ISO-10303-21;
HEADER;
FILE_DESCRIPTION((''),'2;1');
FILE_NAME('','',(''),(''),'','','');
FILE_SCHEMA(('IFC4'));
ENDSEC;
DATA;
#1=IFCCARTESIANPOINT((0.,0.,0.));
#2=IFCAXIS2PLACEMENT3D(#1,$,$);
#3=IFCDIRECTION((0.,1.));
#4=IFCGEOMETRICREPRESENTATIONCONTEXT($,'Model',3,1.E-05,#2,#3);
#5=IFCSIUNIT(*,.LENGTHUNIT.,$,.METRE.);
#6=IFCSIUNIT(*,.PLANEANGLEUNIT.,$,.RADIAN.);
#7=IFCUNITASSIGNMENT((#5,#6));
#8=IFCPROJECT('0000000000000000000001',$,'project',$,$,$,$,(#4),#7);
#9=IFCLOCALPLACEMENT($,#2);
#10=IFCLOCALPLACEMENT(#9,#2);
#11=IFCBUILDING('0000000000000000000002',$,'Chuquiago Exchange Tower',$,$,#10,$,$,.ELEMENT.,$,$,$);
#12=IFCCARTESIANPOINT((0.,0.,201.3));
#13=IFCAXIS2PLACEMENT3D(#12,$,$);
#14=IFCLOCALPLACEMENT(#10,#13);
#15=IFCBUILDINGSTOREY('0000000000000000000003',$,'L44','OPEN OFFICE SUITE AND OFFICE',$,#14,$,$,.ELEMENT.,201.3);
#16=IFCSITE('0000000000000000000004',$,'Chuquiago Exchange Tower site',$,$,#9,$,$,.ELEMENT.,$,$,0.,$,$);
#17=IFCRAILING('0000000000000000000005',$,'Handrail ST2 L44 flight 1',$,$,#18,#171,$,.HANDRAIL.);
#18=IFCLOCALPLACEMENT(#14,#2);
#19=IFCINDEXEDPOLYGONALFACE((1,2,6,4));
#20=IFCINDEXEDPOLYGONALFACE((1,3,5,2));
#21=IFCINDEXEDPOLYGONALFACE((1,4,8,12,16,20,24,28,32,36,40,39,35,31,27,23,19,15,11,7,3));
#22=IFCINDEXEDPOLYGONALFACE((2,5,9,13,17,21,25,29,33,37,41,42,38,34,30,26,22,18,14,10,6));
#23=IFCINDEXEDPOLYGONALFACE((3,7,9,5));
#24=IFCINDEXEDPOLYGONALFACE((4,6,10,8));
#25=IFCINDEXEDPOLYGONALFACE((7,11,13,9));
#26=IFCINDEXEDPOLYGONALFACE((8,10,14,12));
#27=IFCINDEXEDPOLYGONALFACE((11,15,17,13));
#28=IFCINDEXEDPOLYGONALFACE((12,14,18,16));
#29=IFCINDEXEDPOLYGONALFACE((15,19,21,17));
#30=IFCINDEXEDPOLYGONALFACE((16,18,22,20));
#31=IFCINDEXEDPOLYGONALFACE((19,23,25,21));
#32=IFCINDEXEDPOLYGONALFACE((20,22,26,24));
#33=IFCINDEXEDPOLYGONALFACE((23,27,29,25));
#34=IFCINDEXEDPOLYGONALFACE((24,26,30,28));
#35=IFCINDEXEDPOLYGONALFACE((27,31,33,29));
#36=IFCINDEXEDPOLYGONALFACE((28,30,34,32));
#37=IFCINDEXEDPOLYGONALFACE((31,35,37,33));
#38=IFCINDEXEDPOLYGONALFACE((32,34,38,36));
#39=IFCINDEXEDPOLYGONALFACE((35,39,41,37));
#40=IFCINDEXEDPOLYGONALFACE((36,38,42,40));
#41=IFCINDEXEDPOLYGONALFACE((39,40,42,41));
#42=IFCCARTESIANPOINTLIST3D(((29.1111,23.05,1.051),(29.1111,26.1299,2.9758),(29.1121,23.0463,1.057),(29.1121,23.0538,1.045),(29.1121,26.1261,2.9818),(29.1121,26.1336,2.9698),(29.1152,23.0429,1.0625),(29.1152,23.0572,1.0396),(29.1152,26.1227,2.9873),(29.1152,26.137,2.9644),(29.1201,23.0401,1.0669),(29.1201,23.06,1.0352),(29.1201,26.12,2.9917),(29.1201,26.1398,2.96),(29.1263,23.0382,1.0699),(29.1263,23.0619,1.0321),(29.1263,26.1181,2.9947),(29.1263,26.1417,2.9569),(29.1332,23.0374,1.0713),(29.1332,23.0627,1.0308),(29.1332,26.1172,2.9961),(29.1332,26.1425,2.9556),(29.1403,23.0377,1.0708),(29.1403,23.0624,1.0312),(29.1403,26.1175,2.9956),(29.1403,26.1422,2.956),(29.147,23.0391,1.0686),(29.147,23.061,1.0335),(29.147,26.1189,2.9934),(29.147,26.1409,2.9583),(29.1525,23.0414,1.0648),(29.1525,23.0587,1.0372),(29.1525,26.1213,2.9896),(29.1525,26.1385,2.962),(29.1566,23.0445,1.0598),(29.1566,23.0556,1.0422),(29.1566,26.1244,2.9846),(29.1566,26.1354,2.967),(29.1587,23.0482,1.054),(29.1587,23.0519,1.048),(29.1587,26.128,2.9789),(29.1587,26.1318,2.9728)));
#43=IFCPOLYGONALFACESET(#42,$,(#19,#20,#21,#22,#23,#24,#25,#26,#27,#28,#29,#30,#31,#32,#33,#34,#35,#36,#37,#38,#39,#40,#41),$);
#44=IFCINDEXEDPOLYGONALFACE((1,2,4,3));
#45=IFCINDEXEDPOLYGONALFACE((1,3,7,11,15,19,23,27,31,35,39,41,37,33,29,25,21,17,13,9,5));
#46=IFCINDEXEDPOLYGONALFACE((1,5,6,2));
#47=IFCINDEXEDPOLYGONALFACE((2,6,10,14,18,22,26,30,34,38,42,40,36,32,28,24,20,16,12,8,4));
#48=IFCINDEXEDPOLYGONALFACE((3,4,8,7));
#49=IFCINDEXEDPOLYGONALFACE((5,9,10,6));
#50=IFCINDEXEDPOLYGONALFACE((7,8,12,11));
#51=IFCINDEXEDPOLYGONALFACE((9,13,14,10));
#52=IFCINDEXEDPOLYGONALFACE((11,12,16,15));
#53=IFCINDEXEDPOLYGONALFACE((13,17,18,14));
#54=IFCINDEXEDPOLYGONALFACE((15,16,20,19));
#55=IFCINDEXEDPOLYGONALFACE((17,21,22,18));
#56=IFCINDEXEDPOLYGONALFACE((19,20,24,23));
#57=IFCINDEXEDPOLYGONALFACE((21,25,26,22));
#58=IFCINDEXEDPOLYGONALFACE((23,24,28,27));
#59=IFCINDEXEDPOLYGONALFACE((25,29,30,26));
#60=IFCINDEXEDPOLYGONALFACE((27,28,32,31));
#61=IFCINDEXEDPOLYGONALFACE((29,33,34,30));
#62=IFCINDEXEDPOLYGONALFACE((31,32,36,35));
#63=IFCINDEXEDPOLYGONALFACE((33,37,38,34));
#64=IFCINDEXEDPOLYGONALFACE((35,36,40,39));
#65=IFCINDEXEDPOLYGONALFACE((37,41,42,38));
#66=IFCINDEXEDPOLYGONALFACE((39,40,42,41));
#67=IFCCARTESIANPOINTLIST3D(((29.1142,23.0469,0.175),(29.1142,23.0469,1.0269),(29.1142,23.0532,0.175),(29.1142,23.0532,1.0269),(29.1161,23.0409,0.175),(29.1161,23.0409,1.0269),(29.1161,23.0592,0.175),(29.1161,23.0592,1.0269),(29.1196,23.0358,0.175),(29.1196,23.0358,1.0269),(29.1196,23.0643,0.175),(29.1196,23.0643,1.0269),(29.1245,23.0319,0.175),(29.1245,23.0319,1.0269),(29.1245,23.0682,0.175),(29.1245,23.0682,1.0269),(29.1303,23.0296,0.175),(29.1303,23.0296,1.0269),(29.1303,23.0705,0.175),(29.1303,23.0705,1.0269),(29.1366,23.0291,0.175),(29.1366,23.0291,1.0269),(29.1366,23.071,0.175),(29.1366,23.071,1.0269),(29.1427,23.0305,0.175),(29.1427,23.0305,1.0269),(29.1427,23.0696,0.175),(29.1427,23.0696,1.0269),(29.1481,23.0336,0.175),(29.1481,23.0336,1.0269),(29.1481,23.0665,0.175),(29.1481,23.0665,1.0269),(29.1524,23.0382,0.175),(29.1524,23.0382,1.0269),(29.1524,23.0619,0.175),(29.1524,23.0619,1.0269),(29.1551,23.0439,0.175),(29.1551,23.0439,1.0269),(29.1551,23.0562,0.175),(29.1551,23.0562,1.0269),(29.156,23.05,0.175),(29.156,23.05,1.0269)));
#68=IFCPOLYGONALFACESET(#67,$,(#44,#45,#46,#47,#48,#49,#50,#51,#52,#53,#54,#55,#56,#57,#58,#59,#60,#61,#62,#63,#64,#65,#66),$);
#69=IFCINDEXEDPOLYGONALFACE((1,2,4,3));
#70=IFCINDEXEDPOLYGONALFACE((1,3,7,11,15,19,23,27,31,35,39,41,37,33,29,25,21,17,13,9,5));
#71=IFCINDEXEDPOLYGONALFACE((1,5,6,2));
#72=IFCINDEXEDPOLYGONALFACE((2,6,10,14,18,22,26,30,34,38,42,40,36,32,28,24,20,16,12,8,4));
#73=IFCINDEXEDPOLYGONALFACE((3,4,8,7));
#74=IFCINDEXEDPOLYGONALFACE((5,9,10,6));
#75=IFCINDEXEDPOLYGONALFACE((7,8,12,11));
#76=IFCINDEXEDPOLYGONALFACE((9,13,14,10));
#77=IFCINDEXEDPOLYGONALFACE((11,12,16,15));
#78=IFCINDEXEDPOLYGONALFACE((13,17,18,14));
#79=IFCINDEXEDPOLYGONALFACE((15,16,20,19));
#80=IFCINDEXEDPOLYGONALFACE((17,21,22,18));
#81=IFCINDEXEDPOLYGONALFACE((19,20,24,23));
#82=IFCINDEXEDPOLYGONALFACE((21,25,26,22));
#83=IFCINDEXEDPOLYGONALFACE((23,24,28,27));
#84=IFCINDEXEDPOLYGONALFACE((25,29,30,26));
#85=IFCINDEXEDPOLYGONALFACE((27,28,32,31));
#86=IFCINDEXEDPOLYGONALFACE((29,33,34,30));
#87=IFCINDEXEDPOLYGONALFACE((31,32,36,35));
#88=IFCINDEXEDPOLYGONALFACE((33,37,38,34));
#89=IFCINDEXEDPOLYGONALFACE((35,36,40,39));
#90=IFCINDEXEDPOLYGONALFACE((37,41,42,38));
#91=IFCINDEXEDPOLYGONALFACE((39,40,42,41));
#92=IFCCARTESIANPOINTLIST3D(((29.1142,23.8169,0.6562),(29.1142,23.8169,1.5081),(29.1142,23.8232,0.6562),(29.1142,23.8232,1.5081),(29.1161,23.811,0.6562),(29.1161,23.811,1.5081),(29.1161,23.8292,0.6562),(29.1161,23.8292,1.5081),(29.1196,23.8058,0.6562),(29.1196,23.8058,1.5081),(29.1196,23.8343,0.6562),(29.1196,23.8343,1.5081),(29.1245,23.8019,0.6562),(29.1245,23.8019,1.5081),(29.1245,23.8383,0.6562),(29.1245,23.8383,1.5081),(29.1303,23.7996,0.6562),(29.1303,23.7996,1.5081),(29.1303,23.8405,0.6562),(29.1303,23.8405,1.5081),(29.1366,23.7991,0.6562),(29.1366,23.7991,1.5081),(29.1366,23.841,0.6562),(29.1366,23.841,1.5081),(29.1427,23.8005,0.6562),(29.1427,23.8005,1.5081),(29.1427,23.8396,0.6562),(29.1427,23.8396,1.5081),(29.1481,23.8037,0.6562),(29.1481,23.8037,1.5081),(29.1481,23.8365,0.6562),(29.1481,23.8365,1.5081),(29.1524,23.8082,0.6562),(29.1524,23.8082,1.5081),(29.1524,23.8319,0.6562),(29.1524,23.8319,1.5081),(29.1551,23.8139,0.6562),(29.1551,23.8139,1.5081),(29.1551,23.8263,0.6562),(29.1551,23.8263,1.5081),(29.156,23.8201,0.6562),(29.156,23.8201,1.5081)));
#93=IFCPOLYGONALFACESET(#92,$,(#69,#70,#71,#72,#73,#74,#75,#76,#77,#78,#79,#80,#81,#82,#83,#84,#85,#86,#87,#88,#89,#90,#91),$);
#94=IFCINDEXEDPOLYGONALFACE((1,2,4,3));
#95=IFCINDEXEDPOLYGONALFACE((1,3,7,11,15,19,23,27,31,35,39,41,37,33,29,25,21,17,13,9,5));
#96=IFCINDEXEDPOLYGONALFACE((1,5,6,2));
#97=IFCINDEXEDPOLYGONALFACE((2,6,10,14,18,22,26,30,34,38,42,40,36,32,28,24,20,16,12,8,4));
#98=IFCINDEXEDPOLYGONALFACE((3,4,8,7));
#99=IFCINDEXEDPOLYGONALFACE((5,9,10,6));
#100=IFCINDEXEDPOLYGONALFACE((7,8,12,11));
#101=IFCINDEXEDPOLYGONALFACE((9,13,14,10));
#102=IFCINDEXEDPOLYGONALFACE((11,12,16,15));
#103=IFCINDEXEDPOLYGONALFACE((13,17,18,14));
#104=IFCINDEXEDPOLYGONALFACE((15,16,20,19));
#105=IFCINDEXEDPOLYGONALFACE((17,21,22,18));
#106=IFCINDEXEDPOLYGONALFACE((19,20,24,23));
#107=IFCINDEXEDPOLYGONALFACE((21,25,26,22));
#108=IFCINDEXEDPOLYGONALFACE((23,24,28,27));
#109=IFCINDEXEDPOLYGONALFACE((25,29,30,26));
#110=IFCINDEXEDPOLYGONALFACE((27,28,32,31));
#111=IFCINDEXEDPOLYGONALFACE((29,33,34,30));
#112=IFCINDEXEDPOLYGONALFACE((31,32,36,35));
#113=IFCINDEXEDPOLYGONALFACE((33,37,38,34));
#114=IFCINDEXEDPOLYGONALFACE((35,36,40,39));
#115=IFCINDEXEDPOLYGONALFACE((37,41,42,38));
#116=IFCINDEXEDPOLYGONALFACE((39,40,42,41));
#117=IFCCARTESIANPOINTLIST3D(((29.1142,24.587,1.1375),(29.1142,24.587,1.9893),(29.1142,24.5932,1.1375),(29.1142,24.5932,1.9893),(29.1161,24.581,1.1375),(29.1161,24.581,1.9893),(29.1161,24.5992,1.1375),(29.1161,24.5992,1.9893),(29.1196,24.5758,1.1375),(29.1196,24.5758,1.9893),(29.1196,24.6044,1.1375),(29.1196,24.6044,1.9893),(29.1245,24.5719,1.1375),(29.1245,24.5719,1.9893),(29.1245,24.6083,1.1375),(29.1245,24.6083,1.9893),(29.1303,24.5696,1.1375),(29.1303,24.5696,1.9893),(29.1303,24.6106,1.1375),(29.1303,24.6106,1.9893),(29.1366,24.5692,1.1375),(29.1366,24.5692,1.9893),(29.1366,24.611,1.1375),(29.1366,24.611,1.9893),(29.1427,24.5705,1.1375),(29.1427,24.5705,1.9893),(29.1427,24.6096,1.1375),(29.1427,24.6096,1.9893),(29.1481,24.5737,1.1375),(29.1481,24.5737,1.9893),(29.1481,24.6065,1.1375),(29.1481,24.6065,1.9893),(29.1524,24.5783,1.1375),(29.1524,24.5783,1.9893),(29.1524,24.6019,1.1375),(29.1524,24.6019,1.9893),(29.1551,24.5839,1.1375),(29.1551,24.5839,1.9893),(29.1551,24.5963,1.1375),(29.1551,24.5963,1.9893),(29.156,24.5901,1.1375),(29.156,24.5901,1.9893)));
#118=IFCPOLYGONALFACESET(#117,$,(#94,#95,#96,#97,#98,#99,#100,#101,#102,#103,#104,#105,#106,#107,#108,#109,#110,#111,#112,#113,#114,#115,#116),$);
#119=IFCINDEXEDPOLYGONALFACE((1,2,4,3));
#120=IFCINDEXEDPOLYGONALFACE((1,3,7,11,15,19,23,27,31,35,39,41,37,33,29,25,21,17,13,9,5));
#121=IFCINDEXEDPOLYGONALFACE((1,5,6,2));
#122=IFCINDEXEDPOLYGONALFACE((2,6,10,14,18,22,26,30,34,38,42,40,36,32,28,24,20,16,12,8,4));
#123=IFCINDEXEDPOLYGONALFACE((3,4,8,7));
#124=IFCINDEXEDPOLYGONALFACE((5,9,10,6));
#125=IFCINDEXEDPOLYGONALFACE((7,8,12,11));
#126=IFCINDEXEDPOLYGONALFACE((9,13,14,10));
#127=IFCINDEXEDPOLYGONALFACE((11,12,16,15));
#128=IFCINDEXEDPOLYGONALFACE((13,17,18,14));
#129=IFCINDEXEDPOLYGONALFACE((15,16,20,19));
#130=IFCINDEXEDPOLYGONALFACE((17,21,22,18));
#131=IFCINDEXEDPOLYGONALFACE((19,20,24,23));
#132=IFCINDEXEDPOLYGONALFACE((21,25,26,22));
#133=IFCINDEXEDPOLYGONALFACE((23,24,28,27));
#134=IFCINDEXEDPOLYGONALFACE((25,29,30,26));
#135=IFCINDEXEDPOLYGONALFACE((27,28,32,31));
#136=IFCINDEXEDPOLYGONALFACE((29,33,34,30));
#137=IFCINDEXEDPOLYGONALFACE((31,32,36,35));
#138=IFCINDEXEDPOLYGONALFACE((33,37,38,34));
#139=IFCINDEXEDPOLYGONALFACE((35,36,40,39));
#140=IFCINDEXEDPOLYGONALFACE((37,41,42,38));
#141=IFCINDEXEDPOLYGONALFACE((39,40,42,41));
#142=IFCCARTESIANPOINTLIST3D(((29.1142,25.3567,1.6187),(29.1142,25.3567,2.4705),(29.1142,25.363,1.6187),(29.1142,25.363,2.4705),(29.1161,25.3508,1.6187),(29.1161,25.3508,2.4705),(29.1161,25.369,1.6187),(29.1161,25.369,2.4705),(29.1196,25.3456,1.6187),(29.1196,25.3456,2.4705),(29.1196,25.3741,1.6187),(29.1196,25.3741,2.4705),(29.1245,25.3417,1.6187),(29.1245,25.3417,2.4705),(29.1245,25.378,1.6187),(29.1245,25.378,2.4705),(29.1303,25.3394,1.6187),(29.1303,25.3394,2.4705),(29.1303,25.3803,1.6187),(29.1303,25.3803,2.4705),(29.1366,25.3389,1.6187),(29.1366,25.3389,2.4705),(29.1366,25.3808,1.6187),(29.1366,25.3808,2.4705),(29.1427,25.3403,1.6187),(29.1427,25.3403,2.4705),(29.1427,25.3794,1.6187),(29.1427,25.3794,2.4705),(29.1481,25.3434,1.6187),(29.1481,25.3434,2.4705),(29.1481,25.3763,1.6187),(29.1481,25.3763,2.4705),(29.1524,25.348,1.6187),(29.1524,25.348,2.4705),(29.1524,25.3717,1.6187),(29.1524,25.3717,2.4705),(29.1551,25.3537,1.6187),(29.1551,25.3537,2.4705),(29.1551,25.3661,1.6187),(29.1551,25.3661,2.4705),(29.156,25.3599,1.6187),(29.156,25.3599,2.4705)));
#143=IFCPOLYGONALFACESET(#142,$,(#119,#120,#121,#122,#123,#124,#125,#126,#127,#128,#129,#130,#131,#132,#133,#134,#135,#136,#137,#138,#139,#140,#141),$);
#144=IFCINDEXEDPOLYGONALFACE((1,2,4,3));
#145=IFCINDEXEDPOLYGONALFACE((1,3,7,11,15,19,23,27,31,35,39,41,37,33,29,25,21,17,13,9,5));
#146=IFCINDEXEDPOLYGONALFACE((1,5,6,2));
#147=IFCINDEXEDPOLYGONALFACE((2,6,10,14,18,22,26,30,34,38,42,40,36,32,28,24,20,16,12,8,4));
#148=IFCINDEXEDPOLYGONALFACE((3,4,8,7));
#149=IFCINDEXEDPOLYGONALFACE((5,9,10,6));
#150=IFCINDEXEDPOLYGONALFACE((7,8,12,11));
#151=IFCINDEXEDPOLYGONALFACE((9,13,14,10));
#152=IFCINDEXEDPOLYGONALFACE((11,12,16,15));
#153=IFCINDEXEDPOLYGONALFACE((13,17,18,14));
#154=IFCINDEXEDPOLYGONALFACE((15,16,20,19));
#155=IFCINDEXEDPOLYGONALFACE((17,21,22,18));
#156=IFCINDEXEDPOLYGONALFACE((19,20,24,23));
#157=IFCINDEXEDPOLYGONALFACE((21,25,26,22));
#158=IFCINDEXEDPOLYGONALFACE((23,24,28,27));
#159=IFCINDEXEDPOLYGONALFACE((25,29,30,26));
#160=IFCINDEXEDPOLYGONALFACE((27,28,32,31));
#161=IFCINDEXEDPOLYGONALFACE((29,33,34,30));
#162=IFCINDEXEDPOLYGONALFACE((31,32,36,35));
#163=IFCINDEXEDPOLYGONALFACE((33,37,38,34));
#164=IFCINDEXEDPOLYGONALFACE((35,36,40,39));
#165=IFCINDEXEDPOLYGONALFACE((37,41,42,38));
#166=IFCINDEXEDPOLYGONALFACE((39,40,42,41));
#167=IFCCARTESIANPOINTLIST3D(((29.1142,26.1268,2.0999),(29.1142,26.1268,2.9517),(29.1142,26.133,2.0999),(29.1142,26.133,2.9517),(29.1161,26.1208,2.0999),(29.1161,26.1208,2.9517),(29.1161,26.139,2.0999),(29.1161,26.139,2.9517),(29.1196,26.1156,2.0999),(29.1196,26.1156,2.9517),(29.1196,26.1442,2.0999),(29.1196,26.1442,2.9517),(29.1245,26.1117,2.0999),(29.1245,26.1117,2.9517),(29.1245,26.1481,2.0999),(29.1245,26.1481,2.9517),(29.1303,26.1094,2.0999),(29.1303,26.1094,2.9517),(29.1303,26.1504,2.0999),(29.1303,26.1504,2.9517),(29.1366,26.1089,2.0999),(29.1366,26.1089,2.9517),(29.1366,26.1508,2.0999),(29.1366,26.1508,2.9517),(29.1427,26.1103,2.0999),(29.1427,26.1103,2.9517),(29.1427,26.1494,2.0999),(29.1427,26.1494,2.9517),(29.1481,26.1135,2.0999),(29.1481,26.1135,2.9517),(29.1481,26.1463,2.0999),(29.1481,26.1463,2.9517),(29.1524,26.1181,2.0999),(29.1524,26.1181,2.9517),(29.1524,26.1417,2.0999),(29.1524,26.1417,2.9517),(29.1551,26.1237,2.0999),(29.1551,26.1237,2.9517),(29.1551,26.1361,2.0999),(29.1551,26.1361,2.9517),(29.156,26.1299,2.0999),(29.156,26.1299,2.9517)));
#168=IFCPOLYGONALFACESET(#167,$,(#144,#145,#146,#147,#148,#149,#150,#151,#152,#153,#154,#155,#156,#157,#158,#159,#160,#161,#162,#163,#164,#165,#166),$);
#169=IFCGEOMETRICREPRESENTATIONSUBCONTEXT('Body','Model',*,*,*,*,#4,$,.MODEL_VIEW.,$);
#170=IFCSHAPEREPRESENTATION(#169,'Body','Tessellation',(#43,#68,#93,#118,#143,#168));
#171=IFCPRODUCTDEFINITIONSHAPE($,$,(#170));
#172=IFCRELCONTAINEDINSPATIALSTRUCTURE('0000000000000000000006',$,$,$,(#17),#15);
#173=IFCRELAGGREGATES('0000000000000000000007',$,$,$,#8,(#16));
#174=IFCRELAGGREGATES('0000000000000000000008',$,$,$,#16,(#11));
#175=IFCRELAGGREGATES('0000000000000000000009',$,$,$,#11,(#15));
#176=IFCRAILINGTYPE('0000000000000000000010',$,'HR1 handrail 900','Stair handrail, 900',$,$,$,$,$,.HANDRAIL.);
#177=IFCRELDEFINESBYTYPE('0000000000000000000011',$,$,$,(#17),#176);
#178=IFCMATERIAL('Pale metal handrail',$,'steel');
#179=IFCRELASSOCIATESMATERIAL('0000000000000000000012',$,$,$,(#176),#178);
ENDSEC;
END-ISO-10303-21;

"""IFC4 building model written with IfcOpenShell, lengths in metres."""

from ifc_helpers import new_model, si_unit, direction, frame, origin, origin_2d, place, context, subcontext, project, spatial, circle, extrude, material, type_object, element, save


model = new_model("IFC4")

# Units and contexts
model_context = context("Model", 3, precision=1e-05, world=origin(), true_north=direction((0.0, 1.0)))
body_context = subcontext(model_context, "Body", "Model", "MODEL_VIEW")
ifc_project = project(units=[si_unit("LENGTHUNIT", "METRE"), si_unit("PLANEANGLEUNIT", "RADIAN")], contexts=[model_context])

# Site, building, storey
site_placement = place(None, origin())
site = spatial("IfcSite", under=ifc_project, at=site_placement, Name="Chuquiago Exchange Tower site", CompositionType="ELEMENT", RefElevation=0.0)
building_placement = place(site_placement, origin())
building = spatial("IfcBuilding", under=site, at=building_placement, Name="Chuquiago Exchange Tower", CompositionType="ELEMENT")
storey_placement = place(building_placement, frame((0.0, 0.0, 201.3)))
storey = spatial("IfcBuildingStorey", under=building, at=storey_placement, Name="L44", Description="OPEN OFFICE SUITE AND OFFICE", CompositionType="ELEMENT", Elevation=201.3)

# Railing
ifc_material_1 = material(Name="Pale metal handrail", Category="steel")
railing_type_1 = type_object("IfcRailingType", Name="HR1 handrail 900", Description="Stair handrail, 900", PredefinedType="HANDRAIL", material=ifc_material_1)
railing_1_placement = place(storey_placement, frame((29.135, 23.05, 0.175)))
element("IfcRailing", 1, at=railing_1_placement, inside=storey, type_object=railing_type_1, Name="Handrail ST2 L44 flight 1", PredefinedType="HANDRAIL", context=body_context, shape_type="SweptSolid", body=[
    extrude(circle(Radius=0.0239, at=origin_2d()), frame((0.0, 0.0, 0.876), z_axis=(0.0, 0.84801, 0.529981), x_axis=(-1.0, 0.0, 0.0)), (0.0, 0.0, 1.0), 3.6318),
    extrude(circle(Radius=0.021, at=origin_2d()), origin(), (0.0, 0.0, 1.0), 0.8518),
    extrude(circle(Radius=0.021, at=origin_2d()), frame((0.0, 0.77, 0.4812)), (0.0, 0.0, 1.0), 0.8518),
    extrude(circle(Radius=0.021, at=origin_2d()), frame((0.0, 1.54, 0.9624)), (0.0, 0.0, 1.0), 0.8518),
    extrude(circle(Radius=0.021, at=origin_2d()), frame((0.0, 2.3098, 1.4436)), (0.0, 0.0, 1.0), 0.8518),
    extrude(circle(Radius=0.021, at=origin_2d()), frame((0.0, 3.0798, 1.9248)), (0.0, 0.0, 1.0), 0.8518),
])

save(model, "model.ifc")
